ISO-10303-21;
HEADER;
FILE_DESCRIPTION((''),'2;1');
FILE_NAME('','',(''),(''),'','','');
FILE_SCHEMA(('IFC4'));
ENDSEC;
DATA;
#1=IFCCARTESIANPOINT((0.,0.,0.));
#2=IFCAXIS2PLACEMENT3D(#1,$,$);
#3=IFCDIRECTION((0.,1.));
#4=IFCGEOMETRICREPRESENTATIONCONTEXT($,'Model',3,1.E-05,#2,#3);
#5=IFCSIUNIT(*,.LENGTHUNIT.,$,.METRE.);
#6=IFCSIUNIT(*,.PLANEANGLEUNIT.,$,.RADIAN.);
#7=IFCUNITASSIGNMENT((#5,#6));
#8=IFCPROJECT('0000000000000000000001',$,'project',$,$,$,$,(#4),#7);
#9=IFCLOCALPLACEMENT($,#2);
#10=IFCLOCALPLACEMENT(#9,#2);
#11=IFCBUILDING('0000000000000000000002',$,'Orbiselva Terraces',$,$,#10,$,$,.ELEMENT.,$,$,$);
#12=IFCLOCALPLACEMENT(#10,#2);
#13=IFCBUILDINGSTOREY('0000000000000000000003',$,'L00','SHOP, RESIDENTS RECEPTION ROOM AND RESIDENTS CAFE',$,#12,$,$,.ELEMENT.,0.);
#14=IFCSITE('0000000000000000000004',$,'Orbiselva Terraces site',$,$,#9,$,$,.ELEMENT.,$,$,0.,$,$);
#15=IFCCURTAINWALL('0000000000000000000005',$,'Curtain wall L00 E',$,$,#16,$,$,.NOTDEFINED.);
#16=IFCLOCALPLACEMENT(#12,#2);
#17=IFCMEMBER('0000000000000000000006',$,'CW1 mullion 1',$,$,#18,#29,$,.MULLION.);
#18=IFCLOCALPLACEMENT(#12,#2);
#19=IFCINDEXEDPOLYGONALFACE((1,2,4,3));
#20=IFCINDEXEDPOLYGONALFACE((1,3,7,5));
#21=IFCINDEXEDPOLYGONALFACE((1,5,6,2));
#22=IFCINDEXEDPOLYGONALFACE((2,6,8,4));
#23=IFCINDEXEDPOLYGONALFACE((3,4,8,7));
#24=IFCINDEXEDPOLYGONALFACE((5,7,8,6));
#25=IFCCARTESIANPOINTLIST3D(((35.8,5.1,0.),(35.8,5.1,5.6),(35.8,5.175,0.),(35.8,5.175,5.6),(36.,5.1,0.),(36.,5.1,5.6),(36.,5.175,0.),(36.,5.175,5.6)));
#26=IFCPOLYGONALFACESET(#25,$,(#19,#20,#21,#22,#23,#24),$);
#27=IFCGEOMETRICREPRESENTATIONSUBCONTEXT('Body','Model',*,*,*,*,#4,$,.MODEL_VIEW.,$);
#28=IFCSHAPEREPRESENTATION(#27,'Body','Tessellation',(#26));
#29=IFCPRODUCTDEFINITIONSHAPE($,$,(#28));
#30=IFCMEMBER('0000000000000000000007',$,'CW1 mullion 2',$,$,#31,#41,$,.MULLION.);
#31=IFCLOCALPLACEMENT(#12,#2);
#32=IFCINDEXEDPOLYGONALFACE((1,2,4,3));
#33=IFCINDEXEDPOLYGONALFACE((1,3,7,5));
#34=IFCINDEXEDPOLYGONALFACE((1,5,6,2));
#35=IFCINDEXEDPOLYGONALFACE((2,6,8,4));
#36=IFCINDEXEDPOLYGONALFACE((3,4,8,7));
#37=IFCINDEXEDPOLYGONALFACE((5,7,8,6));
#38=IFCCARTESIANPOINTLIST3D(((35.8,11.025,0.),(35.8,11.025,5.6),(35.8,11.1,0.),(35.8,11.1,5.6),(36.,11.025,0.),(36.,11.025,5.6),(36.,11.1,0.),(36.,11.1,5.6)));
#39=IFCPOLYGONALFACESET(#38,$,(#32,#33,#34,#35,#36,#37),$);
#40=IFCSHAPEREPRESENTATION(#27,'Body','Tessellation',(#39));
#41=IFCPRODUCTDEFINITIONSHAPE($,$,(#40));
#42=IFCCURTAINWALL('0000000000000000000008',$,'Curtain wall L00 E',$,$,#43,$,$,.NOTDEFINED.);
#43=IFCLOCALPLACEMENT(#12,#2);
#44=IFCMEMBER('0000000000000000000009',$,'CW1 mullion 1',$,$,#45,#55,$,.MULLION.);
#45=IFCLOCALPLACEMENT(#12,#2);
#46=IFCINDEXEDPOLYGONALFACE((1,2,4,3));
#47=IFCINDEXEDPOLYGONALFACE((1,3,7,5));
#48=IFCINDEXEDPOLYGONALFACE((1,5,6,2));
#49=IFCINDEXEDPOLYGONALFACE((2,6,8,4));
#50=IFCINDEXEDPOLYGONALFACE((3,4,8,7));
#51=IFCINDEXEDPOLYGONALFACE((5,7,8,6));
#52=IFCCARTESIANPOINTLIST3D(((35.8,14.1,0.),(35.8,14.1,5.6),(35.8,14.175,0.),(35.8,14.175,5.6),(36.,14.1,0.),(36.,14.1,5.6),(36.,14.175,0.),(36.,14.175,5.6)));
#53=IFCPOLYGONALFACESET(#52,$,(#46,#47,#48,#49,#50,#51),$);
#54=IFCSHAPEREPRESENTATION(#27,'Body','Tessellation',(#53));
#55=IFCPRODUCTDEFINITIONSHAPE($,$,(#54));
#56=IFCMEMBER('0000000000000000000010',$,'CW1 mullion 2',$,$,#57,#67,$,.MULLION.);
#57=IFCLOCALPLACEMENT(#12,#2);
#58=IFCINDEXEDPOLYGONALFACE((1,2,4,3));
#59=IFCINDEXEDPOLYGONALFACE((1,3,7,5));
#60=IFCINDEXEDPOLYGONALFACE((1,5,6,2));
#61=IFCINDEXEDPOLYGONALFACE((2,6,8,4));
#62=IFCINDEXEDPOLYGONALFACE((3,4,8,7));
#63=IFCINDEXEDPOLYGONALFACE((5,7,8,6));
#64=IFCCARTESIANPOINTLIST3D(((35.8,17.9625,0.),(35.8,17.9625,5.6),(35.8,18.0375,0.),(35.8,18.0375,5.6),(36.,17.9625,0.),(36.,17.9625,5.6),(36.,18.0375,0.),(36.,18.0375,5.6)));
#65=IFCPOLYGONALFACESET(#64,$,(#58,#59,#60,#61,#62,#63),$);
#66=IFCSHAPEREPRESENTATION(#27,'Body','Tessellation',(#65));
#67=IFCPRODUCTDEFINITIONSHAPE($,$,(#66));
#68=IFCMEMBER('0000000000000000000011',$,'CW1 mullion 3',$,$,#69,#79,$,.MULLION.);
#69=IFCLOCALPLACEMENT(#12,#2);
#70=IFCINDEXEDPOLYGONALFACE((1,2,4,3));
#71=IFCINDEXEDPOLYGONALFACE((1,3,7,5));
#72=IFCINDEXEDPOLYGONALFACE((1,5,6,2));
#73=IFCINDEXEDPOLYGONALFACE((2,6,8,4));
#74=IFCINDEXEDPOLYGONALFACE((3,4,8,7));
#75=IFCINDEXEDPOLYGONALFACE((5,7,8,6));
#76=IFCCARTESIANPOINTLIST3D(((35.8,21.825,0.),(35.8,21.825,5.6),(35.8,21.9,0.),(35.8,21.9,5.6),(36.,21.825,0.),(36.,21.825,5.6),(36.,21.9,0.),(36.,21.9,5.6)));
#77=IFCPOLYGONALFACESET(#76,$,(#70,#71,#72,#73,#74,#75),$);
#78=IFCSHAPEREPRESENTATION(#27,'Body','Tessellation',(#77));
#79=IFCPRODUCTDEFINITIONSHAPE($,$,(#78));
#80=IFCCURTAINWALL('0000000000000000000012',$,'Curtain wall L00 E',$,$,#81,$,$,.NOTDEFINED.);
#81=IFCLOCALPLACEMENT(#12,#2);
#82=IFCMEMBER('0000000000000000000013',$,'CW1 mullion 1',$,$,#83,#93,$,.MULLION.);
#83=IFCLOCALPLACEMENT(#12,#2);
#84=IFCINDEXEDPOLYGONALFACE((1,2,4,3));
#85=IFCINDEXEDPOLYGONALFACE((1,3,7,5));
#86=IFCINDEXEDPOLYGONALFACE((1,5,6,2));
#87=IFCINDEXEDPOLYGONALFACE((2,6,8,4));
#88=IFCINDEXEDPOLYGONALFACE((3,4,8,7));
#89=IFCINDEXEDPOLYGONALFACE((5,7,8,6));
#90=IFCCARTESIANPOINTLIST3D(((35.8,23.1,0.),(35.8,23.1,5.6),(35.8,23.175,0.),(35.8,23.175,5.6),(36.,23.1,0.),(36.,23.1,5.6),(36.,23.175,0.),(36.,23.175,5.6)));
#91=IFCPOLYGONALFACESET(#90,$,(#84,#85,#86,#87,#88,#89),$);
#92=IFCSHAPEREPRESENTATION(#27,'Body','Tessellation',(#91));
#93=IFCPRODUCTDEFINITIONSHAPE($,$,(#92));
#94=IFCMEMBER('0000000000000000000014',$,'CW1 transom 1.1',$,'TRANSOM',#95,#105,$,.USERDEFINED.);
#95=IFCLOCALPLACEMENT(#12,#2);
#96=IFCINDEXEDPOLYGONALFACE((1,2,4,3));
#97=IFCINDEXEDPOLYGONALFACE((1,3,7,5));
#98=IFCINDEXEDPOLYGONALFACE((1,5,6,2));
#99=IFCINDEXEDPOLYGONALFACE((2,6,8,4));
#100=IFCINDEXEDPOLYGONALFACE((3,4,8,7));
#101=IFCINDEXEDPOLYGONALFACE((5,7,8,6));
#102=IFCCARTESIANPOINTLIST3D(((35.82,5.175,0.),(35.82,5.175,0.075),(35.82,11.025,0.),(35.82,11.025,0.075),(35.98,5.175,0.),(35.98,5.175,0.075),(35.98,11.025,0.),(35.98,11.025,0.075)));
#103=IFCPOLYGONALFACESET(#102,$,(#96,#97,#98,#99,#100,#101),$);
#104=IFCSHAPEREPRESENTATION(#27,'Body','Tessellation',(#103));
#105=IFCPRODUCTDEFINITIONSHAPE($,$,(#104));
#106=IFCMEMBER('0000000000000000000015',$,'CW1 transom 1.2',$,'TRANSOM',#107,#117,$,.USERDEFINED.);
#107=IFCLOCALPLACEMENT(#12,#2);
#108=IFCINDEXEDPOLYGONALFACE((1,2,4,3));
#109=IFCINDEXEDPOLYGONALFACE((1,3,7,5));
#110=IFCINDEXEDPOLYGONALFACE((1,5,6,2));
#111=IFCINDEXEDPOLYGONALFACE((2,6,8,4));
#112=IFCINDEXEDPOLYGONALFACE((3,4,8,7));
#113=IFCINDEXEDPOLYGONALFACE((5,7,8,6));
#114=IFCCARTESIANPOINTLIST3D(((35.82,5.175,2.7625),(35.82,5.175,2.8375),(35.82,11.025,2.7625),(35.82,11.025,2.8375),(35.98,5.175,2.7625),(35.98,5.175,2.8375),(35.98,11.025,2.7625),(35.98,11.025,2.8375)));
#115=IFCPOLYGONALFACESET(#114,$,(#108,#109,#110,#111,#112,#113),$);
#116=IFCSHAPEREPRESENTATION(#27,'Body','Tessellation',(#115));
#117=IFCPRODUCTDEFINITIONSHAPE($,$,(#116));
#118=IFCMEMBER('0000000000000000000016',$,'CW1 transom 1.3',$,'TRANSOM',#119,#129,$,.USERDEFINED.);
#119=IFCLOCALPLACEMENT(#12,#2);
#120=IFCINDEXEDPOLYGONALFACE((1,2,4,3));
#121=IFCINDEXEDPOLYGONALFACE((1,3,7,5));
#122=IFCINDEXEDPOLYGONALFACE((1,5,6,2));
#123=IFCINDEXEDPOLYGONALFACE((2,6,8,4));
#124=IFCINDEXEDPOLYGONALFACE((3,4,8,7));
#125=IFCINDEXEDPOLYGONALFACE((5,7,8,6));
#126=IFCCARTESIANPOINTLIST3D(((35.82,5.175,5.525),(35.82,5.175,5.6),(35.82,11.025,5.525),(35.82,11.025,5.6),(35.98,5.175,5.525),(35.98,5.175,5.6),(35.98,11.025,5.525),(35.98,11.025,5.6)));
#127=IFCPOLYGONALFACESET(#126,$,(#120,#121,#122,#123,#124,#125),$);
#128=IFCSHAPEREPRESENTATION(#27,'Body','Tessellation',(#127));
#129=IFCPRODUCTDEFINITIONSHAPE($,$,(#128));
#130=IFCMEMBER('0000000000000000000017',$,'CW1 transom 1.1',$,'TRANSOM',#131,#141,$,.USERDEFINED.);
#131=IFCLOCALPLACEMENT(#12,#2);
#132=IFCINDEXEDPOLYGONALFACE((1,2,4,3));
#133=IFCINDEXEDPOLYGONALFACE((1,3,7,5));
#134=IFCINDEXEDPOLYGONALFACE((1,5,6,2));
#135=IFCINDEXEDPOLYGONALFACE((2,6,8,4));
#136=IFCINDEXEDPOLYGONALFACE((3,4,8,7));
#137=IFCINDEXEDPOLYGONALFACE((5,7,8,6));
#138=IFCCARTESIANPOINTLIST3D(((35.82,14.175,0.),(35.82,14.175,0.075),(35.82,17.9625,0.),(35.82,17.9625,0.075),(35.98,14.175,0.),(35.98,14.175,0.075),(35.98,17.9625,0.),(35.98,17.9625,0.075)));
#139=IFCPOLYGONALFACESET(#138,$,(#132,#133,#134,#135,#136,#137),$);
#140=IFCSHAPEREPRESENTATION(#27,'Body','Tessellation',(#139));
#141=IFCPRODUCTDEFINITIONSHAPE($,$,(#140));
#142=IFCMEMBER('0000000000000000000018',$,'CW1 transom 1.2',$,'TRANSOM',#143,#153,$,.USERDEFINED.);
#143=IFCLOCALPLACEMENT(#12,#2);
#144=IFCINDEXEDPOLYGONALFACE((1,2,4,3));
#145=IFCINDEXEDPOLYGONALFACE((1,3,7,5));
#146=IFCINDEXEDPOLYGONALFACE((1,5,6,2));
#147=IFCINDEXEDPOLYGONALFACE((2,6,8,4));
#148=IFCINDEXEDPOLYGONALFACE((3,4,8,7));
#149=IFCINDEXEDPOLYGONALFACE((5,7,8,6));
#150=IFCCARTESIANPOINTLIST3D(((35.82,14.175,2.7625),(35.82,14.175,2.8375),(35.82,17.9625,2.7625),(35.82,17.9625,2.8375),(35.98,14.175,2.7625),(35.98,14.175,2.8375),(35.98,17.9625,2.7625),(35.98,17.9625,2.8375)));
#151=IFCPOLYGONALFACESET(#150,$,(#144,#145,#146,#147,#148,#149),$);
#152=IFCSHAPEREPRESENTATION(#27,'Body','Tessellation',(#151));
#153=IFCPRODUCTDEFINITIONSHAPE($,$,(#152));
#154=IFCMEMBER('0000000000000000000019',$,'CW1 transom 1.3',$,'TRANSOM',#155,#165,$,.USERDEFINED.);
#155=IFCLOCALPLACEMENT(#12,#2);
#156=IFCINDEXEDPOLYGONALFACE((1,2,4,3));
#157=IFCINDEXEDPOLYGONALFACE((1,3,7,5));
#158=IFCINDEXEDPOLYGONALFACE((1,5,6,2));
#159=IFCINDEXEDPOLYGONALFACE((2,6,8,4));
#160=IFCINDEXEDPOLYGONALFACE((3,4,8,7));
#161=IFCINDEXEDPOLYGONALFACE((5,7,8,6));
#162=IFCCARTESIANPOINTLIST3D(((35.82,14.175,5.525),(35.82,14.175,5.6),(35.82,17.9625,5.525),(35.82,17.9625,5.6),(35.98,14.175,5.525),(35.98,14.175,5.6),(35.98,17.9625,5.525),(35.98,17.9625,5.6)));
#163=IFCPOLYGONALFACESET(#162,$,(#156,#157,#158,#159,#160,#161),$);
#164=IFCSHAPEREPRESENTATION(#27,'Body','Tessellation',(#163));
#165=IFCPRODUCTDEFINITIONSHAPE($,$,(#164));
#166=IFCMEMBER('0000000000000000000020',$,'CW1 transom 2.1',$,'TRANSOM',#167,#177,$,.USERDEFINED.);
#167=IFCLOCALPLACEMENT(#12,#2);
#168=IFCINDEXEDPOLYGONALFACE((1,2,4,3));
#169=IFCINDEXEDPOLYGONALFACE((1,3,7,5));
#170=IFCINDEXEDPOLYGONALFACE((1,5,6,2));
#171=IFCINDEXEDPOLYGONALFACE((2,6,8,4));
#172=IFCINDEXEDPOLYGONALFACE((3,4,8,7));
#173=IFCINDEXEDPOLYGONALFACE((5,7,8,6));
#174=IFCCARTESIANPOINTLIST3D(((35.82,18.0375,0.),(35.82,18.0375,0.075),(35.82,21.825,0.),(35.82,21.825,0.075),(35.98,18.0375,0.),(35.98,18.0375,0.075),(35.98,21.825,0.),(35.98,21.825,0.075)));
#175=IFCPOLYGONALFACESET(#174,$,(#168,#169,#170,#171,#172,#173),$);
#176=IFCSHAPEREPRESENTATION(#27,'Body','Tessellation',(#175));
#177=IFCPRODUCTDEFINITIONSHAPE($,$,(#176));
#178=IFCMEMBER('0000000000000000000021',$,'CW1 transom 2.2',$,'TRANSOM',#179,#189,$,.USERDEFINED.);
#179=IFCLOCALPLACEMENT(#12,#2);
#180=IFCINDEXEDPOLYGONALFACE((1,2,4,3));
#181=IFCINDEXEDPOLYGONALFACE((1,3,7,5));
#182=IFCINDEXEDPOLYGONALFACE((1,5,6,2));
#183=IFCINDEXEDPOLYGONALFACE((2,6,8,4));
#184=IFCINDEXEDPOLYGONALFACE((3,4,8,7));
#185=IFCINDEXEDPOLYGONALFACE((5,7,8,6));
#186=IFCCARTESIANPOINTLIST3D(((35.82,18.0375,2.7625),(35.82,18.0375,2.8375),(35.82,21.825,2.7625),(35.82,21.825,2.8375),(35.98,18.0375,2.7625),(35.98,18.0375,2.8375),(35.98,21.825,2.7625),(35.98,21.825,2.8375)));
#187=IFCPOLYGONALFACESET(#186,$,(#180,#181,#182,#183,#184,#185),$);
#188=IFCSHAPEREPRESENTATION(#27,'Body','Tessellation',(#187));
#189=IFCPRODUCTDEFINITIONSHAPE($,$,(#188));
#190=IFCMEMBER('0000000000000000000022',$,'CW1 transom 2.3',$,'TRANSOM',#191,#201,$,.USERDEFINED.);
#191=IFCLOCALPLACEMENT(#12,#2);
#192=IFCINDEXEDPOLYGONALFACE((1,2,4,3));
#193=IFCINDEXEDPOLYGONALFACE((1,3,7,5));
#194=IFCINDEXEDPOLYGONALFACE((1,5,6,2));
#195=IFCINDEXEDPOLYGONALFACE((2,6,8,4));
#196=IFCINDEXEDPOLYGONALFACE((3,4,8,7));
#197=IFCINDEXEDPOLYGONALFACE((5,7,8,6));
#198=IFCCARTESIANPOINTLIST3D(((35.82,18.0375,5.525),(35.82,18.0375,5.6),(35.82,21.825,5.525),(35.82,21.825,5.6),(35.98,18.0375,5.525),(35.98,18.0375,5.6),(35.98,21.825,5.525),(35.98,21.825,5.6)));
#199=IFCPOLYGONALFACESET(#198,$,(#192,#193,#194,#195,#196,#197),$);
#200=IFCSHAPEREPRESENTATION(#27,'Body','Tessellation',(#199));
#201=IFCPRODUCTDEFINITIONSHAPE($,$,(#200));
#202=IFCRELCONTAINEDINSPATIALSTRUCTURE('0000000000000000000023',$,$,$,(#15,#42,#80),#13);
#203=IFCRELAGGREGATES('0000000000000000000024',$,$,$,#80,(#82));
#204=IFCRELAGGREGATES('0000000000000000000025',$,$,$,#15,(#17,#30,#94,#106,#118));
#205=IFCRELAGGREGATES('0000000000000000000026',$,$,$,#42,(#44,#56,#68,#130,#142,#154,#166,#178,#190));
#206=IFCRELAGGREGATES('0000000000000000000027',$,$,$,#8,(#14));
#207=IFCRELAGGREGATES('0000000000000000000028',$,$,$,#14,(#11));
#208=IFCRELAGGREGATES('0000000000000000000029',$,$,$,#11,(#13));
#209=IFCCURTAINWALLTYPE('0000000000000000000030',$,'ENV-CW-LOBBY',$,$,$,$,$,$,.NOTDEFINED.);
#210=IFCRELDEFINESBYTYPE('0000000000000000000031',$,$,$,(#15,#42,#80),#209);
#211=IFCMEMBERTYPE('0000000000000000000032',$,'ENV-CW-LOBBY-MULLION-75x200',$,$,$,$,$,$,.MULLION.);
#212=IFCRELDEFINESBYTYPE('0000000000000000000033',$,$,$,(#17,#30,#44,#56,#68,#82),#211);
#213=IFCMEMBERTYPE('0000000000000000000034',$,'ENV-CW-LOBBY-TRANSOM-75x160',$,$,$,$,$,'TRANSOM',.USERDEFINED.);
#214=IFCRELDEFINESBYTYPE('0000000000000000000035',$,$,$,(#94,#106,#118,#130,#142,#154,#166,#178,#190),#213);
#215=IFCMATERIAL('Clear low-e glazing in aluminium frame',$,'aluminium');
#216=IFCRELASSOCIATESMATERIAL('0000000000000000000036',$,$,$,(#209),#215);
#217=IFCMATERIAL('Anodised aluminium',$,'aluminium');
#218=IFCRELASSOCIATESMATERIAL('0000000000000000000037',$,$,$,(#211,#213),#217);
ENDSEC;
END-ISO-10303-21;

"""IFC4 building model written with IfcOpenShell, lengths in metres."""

from ifc_helpers import new_model, si_unit, direction, frame, origin, origin_2d, place, context, subcontext, project, spatial, rectangle, extrude, material, material_profile, profile_set, type_object, element, aggregate, save


model = new_model("IFC4")

# Units and contexts
model_context = context("Model", 3, precision=1e-05, world=origin(), true_north=direction((0.0, 1.0)))
body_context = subcontext(model_context, "Body", "Model", "MODEL_VIEW")
ifc_project = project(units=[si_unit("LENGTHUNIT", "METRE"), si_unit("PLANEANGLEUNIT", "RADIAN")], contexts=[model_context])

# Site, building, storey
site_placement = place(None, origin())
site = spatial("IfcSite", under=ifc_project, at=site_placement, Name="Orbiselva Terraces site", CompositionType="ELEMENT", RefElevation=0.0)
building_placement = place(site_placement, origin())
building = spatial("IfcBuilding", under=site, at=building_placement, Name="Orbiselva Terraces", CompositionType="ELEMENT")
storey_placement = place(building_placement, origin())
storey = spatial("IfcBuildingStorey", under=building, at=storey_placement, Name="L00", Description="SHOP, RESIDENTS RECEPTION ROOM AND RESIDENTS CAFE", CompositionType="ELEMENT", Elevation=0.0)

# Curtain walls, members
ifc_material_1 = material(Name="Clear low-e glazing in aluminium frame", Category="aluminium")
curtain_wall_type = type_object("IfcCurtainWallType", Name="ENV-CW-LOBBY", PredefinedType="NOTDEFINED", material=ifc_material_1)
curtain_wall_1_placement = place(storey_placement, origin())
curtain_wall_1 = element("IfcCurtainWall", 1, at=curtain_wall_1_placement, inside=storey, type_object=curtain_wall_type, Name="Curtain wall L00 E", PredefinedType="NOTDEFINED")
ifc_material_2 = material(Name="Anodised aluminium", Category="aluminium")
ifc_material_profile_1 = material_profile(ifc_material_2, rectangle(XDim=0.2, YDim=0.075, at=origin_2d()), Name="AL 75x200")
ifc_profile_set_1 = profile_set([ifc_material_profile_1], Name="Anodised aluminium")
member_type_1 = type_object("IfcMemberType", Name="ENV-CW-LOBBY-MULLION-75x200", PredefinedType="MULLION", material=ifc_profile_set_1)
member_1_placement = place(storey_placement, frame((35.9, 5.1375, 0.0), z_axis=(0.0, 0.0, 1.0), x_axis=(-1.0, 0.0, 0.0)))
member_1 = element("IfcMember", 2, at=member_1_placement, type_object=member_type_1, Name="CW1 mullion 1", PredefinedType="MULLION", context=body_context, shape_type="SweptSolid", body=[
    extrude(rectangle(XDim=0.2, YDim=0.075, at=origin_2d()), origin(), (0.0, 0.0, 1.0), 5.6),
])
member_2_placement = place(storey_placement, frame((35.9, 11.0625, 0.0), z_axis=(0.0, 0.0, 1.0), x_axis=(-1.0, 0.0, 0.0)))
member_2 = element("IfcMember", 3, at=member_2_placement, type_object=member_type_1, Name="CW1 mullion 2", PredefinedType="MULLION", context=body_context, shape_type="SweptSolid", body=[
    extrude(rectangle(XDim=0.2, YDim=0.075, at=origin_2d()), origin(), (0.0, 0.0, 1.0), 5.6),
])
curtain_wall_2_placement = place(storey_placement, origin())
curtain_wall_2 = element("IfcCurtainWall", 4, at=curtain_wall_2_placement, inside=storey, type_object=curtain_wall_type, Name="Curtain wall L00 E", PredefinedType="NOTDEFINED")
member_3_placement = place(storey_placement, frame((35.9, 14.1375, 0.0), z_axis=(0.0, 0.0, 1.0), x_axis=(-1.0, 0.0, 0.0)))
member_3 = element("IfcMember", 5, at=member_3_placement, type_object=member_type_1, Name="CW1 mullion 1", PredefinedType="MULLION", context=body_context, shape_type="SweptSolid", body=[
    extrude(rectangle(XDim=0.2, YDim=0.075, at=origin_2d()), origin(), (0.0, 0.0, 1.0), 5.6),
])
member_4_placement = place(storey_placement, frame((35.9, 18.0, 0.0), z_axis=(0.0, 0.0, 1.0), x_axis=(-1.0, 0.0, 0.0)))
member_4 = element("IfcMember", 6, at=member_4_placement, type_object=member_type_1, Name="CW1 mullion 2", PredefinedType="MULLION", context=body_context, shape_type="SweptSolid", body=[
    extrude(rectangle(XDim=0.2, YDim=0.075, at=origin_2d()), origin(), (0.0, 0.0, 1.0), 5.6),
])
member_5_placement = place(storey_placement, frame((35.9, 21.8625, 0.0), z_axis=(0.0, 0.0, 1.0), x_axis=(-1.0, 0.0, 0.0)))
member_5 = element("IfcMember", 7, at=member_5_placement, type_object=member_type_1, Name="CW1 mullion 3", PredefinedType="MULLION", context=body_context, shape_type="SweptSolid", body=[
    extrude(rectangle(XDim=0.2, YDim=0.075, at=origin_2d()), origin(), (0.0, 0.0, 1.0), 5.6),
])

# Curtain wall, member
curtain_wall_3_placement = place(storey_placement, origin())
curtain_wall_3 = element("IfcCurtainWall", 8, at=curtain_wall_3_placement, inside=storey, type_object=curtain_wall_type, Name="Curtain wall L00 E", PredefinedType="NOTDEFINED")
member_6_placement = place(storey_placement, frame((35.9, 23.1375, 0.0), z_axis=(0.0, 0.0, 1.0), x_axis=(-1.0, 0.0, 0.0)))
member_6 = element("IfcMember", 9, at=member_6_placement, type_object=member_type_1, Name="CW1 mullion 1", PredefinedType="MULLION", context=body_context, shape_type="SweptSolid", body=[
    extrude(rectangle(XDim=0.2, YDim=0.075, at=origin_2d()), origin(), (0.0, 0.0, 1.0), 5.6),
])

# Members
ifc_material_profile_2 = material_profile(ifc_material_2, rectangle(XDim=0.16, YDim=0.075, at=origin_2d()), Name="AL 75x160")
ifc_profile_set_2 = profile_set([ifc_material_profile_2], Name="Anodised aluminium")
member_type_2 = type_object("IfcMemberType", Name="ENV-CW-LOBBY-TRANSOM-75x160", ElementType="TRANSOM", PredefinedType="USERDEFINED", material=ifc_profile_set_2)
member_7_placement = place(storey_placement, frame((35.9, 5.175, 0.0375), z_axis=(0.0, 1.0, 0.0), x_axis=(-1.0, 0.0, 0.0)))
member_7 = element("IfcMember", 10, at=member_7_placement, type_object=member_type_2, Name="CW1 transom 1.1", ObjectType="TRANSOM", PredefinedType="USERDEFINED", context=body_context, shape_type="SweptSolid", body=[
    extrude(rectangle(XDim=0.16, YDim=0.075, at=origin_2d()), origin(), (0.0, 0.0, 1.0), 5.85),
])
member_8_placement = place(storey_placement, frame((35.9, 5.175, 2.8), z_axis=(0.0, 1.0, 0.0), x_axis=(-1.0, 0.0, 0.0)))
member_8 = element("IfcMember", 11, at=member_8_placement, type_object=member_type_2, Name="CW1 transom 1.2", ObjectType="TRANSOM", PredefinedType="USERDEFINED", context=body_context, shape_type="SweptSolid", body=[
    extrude(rectangle(XDim=0.16, YDim=0.075, at=origin_2d()), origin(), (0.0, 0.0, 1.0), 5.85),
])
member_9_placement = place(storey_placement, frame((35.9, 5.175, 5.5625), z_axis=(0.0, 1.0, 0.0), x_axis=(-1.0, 0.0, 0.0)))
member_9 = element("IfcMember", 12, at=member_9_placement, type_object=member_type_2, Name="CW1 transom 1.3", ObjectType="TRANSOM", PredefinedType="USERDEFINED", context=body_context, shape_type="SweptSolid", body=[
    extrude(rectangle(XDim=0.16, YDim=0.075, at=origin_2d()), origin(), (0.0, 0.0, 1.0), 5.85),
])
member_10_placement = place(storey_placement, frame((35.9, 14.175, 0.0375), z_axis=(0.0, 1.0, 0.0), x_axis=(-1.0, 0.0, 0.0)))
member_10 = element("IfcMember", 13, at=member_10_placement, type_object=member_type_2, Name="CW1 transom 1.1", ObjectType="TRANSOM", PredefinedType="USERDEFINED", context=body_context, shape_type="SweptSolid", body=[
    extrude(rectangle(XDim=0.16, YDim=0.075, at=origin_2d()), origin(), (0.0, 0.0, 1.0), 3.7875),
])
member_11_placement = place(storey_placement, frame((35.9, 14.175, 2.8), z_axis=(0.0, 1.0, 0.0), x_axis=(-1.0, 0.0, 0.0)))
member_11 = element("IfcMember", 14, at=member_11_placement, type_object=member_type_2, Name="CW1 transom 1.2", ObjectType="TRANSOM", PredefinedType="USERDEFINED", context=body_context, shape_type="SweptSolid", body=[
    extrude(rectangle(XDim=0.16, YDim=0.075, at=origin_2d()), origin(), (0.0, 0.0, 1.0), 3.7875),
])
member_12_placement = place(storey_placement, frame((35.9, 14.175, 5.5625), z_axis=(0.0, 1.0, 0.0), x_axis=(-1.0, 0.0, 0.0)))
member_12 = element("IfcMember", 15, at=member_12_placement, type_object=member_type_2, Name="CW1 transom 1.3", ObjectType="TRANSOM", PredefinedType="USERDEFINED", context=body_context, shape_type="SweptSolid", body=[
    extrude(rectangle(XDim=0.16, YDim=0.075, at=origin_2d()), origin(), (0.0, 0.0, 1.0), 3.7875),
])
member_13_placement = place(storey_placement, frame((35.9, 18.0375, 0.0375), z_axis=(0.0, 1.0, 0.0), x_axis=(-1.0, 0.0, 0.0)))
member_13 = element("IfcMember", 16, at=member_13_placement, type_object=member_type_2, Name="CW1 transom 2.1", ObjectType="TRANSOM", PredefinedType="USERDEFINED", context=body_context, shape_type="SweptSolid", body=[
    extrude(rectangle(XDim=0.16, YDim=0.075, at=origin_2d()), origin(), (0.0, 0.0, 1.0), 3.7875),
])
member_14_placement = place(storey_placement, frame((35.9, 18.0375, 2.8), z_axis=(0.0, 1.0, 0.0), x_axis=(-1.0, 0.0, 0.0)))
member_14 = element("IfcMember", 17, at=member_14_placement, type_object=member_type_2, Name="CW1 transom 2.2", ObjectType="TRANSOM", PredefinedType="USERDEFINED", context=body_context, shape_type="SweptSolid", body=[
    extrude(rectangle(XDim=0.16, YDim=0.075, at=origin_2d()), origin(), (0.0, 0.0, 1.0), 3.7875),
])
member_15_placement = place(storey_placement, frame((35.9, 18.0375, 5.5625), z_axis=(0.0, 1.0, 0.0), x_axis=(-1.0, 0.0, 0.0)))
member_15 = element("IfcMember", 18, at=member_15_placement, type_object=member_type_2, Name="CW1 transom 2.3", ObjectType="TRANSOM", PredefinedType="USERDEFINED", context=body_context, shape_type="SweptSolid", body=[
    extrude(rectangle(XDim=0.16, YDim=0.075, at=origin_2d()), origin(), (0.0, 0.0, 1.0), 3.7875),
])
aggregate(curtain_wall_3, [member_6])

aggregate(curtain_wall_1, [member_1, member_2, member_7, member_8, member_9])
aggregate(curtain_wall_2, [member_3, member_4, member_5, member_10, member_11, member_12, member_13, member_14, member_15])

save(model, "model.ifc")
